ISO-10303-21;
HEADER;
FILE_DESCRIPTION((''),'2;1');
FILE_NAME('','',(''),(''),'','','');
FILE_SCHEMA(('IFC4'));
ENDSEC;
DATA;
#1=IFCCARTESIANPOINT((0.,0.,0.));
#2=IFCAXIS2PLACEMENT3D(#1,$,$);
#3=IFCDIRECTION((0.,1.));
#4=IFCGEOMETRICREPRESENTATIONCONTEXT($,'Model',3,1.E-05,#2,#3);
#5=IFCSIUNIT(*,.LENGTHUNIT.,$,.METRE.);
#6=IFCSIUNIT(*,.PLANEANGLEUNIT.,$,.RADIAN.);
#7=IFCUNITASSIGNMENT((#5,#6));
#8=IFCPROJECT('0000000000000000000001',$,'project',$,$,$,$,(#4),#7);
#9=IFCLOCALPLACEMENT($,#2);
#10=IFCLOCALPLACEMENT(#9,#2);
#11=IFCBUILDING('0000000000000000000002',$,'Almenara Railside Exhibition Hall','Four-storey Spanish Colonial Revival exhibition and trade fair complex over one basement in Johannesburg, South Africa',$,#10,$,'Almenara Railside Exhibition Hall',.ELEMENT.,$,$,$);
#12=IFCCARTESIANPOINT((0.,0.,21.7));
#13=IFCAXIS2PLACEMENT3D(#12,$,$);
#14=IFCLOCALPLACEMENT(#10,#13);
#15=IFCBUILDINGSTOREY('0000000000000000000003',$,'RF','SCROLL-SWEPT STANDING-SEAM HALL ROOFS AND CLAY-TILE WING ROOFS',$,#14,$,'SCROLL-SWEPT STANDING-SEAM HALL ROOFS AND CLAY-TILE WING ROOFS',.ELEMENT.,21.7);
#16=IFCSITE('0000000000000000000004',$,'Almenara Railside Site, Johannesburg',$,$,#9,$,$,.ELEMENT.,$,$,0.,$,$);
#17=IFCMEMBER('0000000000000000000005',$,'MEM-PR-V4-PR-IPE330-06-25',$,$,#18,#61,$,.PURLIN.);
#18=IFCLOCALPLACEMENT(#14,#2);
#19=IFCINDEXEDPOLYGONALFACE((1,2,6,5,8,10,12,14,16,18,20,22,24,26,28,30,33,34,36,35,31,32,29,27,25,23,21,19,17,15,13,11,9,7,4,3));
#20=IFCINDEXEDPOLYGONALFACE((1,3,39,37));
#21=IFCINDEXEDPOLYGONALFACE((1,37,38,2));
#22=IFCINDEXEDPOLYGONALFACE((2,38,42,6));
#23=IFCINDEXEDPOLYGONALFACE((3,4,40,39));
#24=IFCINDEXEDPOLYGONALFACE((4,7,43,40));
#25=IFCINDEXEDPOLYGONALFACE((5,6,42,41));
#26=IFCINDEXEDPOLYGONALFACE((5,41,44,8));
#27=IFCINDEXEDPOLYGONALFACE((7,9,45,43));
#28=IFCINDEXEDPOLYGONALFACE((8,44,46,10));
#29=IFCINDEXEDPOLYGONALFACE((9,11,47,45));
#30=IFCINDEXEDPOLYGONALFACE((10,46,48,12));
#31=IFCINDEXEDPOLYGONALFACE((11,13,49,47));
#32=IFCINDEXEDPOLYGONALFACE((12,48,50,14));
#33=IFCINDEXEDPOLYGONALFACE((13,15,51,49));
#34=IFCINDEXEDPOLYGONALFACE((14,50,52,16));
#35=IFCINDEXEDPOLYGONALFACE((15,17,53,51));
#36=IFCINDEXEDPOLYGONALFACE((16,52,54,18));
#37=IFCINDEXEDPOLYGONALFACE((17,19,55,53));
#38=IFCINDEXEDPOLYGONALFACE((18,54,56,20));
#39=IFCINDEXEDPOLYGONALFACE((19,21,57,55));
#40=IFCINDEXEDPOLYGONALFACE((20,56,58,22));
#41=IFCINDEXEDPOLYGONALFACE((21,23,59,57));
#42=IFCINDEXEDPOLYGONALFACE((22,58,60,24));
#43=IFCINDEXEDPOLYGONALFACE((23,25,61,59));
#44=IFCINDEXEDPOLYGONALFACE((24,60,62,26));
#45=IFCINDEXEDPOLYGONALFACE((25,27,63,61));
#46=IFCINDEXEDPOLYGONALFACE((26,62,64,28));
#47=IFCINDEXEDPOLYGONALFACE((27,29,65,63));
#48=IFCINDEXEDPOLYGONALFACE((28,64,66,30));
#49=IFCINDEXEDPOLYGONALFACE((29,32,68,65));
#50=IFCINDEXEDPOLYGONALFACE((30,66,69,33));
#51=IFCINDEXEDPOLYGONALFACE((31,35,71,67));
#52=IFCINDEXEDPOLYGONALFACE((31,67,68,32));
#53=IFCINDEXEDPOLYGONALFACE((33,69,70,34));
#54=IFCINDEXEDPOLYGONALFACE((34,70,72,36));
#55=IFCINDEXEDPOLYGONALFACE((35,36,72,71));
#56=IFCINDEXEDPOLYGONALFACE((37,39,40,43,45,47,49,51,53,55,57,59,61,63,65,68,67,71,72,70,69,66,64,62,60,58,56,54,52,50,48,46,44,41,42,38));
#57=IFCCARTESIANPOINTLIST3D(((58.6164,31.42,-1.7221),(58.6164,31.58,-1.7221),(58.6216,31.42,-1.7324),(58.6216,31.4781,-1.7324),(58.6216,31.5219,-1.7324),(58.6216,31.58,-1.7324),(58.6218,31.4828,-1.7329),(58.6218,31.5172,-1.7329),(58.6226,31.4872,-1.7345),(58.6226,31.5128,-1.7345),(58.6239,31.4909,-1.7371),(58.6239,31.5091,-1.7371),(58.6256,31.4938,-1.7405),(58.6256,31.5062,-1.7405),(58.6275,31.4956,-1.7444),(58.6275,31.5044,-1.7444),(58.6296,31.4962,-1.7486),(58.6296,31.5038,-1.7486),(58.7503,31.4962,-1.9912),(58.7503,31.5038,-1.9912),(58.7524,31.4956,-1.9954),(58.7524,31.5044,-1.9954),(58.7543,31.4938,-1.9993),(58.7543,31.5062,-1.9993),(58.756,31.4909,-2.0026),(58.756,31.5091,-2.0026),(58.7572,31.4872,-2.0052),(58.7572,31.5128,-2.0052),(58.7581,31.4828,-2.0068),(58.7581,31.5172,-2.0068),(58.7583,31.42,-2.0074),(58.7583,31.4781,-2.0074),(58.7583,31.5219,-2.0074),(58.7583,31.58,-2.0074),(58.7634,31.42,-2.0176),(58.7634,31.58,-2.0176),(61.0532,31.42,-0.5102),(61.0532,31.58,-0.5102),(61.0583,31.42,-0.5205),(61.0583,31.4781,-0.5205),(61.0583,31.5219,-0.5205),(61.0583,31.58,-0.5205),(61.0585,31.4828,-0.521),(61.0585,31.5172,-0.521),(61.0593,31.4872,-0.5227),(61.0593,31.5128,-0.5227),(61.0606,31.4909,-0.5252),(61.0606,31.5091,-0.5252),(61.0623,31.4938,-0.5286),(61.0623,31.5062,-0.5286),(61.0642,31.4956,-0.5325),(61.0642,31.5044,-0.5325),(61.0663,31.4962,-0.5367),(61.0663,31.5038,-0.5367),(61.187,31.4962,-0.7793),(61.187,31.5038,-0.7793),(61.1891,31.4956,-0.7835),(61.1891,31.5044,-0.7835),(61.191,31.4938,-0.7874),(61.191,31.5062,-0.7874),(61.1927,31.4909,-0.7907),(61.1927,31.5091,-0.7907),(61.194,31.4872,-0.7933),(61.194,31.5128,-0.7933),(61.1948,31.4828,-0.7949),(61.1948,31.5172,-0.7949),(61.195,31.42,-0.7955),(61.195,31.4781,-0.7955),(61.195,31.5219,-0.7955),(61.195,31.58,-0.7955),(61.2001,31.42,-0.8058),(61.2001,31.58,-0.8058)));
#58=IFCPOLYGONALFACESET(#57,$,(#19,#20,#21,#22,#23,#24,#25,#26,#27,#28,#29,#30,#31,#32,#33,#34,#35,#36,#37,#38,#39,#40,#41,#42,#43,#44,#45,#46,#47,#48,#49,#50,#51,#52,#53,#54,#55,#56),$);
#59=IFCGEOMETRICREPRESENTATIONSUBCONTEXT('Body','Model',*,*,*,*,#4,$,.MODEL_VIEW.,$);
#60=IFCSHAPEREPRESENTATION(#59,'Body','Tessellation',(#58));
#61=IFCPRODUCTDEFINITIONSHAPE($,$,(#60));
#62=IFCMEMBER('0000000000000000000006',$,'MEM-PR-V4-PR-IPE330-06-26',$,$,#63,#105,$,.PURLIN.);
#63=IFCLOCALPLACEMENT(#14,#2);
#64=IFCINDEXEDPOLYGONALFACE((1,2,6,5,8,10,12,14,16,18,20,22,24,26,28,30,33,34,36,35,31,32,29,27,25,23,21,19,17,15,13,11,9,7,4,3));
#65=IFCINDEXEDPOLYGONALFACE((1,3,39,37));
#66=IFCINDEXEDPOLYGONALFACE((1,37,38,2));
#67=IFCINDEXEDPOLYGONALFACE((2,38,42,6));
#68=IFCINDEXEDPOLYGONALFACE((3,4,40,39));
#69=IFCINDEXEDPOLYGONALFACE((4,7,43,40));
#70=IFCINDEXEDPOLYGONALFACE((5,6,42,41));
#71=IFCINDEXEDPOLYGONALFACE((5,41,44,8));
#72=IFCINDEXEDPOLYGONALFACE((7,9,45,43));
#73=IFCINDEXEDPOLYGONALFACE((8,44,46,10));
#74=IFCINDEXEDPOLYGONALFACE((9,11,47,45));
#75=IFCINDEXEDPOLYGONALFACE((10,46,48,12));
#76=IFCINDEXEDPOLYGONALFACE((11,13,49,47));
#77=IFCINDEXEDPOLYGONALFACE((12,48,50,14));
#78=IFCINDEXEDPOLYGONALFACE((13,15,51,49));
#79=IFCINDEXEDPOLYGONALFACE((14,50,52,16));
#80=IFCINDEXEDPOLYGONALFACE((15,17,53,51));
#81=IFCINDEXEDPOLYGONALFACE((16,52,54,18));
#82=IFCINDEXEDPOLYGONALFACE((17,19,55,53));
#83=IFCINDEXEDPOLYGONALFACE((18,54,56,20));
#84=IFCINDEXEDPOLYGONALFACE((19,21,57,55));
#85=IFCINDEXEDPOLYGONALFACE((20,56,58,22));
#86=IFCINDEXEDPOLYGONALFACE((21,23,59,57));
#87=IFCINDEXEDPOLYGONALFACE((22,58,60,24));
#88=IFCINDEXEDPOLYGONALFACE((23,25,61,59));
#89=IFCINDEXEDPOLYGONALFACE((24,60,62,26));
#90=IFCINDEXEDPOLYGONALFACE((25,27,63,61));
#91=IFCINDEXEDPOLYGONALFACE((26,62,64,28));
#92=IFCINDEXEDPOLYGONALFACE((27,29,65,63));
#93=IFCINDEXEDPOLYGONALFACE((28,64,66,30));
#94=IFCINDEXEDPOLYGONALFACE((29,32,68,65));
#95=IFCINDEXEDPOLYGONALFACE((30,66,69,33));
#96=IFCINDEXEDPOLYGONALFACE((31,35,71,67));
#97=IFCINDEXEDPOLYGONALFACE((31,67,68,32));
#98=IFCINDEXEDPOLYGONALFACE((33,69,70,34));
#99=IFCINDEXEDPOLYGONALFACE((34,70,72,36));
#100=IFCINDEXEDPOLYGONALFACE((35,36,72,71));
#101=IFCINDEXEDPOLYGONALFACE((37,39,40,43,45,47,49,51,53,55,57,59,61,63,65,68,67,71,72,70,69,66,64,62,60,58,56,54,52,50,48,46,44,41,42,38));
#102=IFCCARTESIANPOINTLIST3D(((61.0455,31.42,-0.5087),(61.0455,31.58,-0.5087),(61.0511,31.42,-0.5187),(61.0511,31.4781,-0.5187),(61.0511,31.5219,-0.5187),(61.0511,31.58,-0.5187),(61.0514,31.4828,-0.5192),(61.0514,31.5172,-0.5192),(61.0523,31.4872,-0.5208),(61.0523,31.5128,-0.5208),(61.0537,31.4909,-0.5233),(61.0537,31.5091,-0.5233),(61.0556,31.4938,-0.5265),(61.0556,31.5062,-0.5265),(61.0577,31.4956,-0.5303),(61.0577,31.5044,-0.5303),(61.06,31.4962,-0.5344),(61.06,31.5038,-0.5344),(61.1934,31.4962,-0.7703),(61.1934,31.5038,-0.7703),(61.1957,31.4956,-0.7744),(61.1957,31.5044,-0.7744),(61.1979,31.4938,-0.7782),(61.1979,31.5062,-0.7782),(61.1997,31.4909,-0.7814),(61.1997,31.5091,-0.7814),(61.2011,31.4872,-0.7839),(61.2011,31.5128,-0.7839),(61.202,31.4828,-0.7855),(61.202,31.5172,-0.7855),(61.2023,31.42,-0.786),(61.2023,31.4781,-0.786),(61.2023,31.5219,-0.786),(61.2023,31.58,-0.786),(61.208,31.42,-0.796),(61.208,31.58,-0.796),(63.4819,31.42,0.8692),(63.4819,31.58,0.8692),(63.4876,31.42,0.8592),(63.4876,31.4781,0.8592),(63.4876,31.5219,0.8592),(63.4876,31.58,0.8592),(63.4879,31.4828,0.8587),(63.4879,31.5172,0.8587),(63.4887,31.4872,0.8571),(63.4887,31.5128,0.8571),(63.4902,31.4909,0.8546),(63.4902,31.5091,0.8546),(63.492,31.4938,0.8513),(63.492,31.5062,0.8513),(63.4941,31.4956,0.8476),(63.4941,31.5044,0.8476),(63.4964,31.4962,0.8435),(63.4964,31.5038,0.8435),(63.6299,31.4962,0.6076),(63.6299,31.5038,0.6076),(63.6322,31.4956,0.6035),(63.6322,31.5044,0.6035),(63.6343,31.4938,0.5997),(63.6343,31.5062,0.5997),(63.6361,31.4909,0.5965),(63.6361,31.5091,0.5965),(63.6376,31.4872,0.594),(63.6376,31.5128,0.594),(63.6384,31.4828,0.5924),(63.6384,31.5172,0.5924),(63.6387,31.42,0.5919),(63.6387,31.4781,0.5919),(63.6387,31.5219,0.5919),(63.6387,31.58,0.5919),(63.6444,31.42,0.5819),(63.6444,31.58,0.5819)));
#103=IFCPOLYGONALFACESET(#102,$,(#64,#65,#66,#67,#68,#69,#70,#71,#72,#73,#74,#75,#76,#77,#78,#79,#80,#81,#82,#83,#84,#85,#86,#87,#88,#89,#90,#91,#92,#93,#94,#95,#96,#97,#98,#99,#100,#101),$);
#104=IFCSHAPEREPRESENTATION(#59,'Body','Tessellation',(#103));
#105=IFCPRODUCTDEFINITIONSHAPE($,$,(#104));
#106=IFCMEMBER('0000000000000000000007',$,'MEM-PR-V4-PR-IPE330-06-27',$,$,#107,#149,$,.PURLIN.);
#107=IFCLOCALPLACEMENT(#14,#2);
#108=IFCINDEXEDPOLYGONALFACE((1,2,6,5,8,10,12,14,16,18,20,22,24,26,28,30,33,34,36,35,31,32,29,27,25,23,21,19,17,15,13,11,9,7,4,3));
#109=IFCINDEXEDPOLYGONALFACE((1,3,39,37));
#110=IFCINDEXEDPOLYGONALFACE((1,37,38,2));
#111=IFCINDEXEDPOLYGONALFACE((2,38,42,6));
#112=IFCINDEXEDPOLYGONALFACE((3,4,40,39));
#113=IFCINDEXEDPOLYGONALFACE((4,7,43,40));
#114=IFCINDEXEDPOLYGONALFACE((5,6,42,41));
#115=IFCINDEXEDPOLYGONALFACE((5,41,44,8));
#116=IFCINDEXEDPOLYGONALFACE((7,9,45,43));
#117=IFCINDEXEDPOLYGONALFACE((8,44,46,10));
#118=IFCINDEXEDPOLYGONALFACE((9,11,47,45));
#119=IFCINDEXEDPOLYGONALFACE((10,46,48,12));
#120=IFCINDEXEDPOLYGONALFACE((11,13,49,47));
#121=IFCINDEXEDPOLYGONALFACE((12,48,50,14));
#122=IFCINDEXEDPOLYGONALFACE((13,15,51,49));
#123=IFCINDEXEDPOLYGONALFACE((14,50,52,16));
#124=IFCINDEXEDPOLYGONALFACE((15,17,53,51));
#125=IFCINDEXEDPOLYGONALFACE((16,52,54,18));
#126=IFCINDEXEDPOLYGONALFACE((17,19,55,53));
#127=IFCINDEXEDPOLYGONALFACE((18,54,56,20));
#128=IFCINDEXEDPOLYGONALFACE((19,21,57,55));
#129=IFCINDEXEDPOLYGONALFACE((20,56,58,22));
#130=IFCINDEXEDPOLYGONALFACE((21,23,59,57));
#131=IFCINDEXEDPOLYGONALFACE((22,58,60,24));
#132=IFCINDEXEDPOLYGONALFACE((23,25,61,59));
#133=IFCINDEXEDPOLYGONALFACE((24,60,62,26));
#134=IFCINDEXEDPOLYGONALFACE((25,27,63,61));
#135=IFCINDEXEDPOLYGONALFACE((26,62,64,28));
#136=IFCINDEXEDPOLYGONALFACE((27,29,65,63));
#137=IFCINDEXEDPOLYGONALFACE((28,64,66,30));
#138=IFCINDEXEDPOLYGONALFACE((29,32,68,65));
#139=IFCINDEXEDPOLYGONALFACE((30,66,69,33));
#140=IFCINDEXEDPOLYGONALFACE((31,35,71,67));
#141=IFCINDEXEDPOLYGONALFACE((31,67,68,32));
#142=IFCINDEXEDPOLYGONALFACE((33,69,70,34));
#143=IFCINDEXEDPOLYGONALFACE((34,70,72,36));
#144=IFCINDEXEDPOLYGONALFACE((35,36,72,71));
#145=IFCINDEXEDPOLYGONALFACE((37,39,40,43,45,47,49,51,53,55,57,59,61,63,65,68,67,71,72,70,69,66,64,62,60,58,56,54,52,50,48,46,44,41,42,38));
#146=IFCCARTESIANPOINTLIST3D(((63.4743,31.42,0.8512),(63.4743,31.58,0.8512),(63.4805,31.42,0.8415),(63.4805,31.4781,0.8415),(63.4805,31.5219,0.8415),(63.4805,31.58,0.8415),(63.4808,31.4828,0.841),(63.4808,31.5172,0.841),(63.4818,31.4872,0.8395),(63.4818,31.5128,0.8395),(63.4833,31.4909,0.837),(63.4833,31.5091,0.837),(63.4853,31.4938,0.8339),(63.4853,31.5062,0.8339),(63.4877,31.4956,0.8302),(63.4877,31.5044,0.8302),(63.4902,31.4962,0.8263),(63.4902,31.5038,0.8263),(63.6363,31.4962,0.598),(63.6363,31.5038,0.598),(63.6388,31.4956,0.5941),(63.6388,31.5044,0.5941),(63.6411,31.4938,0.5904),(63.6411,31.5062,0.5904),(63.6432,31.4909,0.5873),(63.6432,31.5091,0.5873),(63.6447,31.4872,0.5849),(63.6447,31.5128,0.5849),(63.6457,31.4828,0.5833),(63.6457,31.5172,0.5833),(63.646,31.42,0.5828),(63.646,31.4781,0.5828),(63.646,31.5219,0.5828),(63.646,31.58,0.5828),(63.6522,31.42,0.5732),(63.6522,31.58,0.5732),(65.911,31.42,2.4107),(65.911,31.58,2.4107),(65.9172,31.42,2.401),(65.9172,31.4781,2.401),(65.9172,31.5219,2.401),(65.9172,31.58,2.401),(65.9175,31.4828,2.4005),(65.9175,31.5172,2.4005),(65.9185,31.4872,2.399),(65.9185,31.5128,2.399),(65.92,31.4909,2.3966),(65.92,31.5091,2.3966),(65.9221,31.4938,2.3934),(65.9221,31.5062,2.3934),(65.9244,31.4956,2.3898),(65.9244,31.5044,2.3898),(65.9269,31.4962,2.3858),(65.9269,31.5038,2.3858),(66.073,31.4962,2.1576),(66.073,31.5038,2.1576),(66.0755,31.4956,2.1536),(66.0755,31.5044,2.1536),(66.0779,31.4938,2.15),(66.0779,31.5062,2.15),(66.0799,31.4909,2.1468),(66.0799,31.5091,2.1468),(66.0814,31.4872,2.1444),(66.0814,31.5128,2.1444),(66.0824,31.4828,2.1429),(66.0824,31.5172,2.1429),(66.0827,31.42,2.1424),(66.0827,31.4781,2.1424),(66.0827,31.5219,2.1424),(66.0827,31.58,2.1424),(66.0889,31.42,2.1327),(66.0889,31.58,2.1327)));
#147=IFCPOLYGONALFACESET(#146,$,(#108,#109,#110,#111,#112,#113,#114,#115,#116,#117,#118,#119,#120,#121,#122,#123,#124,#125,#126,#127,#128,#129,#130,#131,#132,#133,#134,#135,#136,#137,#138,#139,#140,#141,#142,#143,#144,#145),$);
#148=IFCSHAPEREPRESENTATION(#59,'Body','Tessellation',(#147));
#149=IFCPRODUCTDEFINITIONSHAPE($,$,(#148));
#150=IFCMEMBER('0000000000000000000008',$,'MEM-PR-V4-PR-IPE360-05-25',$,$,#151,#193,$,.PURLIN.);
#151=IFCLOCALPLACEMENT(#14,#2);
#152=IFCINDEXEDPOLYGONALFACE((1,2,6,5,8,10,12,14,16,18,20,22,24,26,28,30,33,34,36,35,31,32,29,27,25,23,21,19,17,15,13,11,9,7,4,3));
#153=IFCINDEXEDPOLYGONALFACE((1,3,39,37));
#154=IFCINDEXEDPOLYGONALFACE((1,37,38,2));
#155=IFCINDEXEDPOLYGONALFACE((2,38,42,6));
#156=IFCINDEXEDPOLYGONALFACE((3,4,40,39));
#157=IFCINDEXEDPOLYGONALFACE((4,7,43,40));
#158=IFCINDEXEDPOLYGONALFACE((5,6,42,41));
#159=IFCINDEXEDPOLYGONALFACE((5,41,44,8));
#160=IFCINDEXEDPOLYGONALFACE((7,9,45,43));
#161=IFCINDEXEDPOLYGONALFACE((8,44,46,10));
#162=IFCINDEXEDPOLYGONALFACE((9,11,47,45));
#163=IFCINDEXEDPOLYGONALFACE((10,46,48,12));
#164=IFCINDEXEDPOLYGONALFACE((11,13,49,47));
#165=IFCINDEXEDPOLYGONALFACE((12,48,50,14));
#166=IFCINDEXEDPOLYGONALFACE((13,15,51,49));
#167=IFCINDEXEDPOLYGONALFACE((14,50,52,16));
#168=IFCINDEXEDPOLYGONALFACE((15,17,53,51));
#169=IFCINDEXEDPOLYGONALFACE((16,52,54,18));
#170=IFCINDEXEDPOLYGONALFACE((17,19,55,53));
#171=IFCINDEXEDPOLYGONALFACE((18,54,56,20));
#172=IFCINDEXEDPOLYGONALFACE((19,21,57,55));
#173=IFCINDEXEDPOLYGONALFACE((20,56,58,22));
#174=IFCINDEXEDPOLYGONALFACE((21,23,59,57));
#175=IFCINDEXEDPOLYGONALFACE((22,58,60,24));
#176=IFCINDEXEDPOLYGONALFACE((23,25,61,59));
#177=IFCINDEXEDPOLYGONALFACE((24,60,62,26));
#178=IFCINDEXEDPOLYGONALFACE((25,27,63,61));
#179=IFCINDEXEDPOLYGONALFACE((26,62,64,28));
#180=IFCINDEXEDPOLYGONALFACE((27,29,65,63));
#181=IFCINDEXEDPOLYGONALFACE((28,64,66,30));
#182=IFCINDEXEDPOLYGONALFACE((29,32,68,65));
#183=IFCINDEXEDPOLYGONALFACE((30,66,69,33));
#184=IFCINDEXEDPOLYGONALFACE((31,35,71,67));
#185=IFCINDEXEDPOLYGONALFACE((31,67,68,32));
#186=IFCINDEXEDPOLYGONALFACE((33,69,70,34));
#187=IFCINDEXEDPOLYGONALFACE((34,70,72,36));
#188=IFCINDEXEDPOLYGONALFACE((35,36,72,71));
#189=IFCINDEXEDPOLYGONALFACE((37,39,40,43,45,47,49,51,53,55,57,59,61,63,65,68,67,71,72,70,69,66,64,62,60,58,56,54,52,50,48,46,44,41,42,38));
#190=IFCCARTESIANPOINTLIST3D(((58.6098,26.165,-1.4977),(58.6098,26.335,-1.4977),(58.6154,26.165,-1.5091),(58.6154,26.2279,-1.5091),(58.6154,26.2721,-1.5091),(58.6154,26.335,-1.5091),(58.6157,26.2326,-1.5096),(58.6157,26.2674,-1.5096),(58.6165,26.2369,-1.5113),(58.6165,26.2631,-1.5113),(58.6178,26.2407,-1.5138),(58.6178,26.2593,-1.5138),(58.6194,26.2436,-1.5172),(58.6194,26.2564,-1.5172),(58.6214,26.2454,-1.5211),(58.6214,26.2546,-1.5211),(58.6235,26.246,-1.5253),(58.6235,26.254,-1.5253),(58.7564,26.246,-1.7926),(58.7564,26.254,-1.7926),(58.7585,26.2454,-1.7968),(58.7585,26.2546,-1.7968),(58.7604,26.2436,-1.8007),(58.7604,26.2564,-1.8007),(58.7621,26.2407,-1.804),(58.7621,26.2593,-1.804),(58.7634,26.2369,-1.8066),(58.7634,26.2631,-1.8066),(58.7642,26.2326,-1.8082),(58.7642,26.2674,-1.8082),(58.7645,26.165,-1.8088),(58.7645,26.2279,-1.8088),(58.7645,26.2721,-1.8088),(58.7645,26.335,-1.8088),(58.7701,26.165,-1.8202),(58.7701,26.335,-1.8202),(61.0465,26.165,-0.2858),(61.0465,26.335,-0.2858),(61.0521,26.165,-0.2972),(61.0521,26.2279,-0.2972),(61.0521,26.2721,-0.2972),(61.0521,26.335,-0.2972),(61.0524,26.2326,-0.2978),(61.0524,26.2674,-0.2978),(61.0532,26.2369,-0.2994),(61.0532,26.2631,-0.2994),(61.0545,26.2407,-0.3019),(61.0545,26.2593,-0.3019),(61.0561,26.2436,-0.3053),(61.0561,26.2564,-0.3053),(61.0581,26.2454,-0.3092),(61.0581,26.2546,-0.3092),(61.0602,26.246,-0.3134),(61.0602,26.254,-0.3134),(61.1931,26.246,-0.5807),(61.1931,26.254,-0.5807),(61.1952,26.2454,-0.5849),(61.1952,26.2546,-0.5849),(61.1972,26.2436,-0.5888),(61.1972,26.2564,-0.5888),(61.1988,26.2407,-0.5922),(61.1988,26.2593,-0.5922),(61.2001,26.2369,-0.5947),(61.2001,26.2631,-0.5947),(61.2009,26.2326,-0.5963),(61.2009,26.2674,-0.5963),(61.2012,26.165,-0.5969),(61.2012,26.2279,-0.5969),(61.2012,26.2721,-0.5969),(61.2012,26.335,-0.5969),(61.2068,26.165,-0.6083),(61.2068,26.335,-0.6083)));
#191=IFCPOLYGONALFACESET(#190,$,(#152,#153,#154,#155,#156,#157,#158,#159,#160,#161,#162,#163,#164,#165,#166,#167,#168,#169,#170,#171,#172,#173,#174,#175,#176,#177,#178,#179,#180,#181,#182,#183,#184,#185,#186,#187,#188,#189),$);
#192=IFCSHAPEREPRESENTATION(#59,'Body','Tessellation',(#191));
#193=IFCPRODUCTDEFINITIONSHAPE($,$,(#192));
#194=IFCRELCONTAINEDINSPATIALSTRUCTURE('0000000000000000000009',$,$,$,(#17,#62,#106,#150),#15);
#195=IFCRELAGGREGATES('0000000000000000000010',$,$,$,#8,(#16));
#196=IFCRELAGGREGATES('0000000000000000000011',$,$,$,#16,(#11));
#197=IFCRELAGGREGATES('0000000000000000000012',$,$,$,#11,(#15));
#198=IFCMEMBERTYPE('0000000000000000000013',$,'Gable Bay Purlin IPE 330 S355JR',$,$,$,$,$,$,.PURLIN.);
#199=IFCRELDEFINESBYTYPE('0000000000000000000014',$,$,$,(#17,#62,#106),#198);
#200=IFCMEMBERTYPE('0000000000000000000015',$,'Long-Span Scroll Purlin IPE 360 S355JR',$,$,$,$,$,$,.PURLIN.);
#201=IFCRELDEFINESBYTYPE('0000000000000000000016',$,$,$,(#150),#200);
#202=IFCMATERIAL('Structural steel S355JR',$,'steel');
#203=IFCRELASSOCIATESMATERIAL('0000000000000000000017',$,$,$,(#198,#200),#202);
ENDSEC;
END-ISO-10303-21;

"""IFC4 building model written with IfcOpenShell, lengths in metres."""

from ifc_helpers import new_model, si_unit, direction, frame, origin, origin_2d, place, context, subcontext, project, spatial, i_section, extrude, material, material_profile, profile_set, type_object, element, save


model = new_model("IFC4")

# Units and contexts
model_context = context("Model", 3, precision=1e-05, world=origin(), true_north=direction((0.0, 1.0)))
body_context = subcontext(model_context, "Body", "Model", "MODEL_VIEW")
ifc_project = project(units=[si_unit("LENGTHUNIT", "METRE"), si_unit("PLANEANGLEUNIT", "RADIAN")], contexts=[model_context])

# Site, building, storey
site_placement = place(None, origin())
site = spatial("IfcSite", under=ifc_project, at=site_placement, Name="Almenara Railside Site, Johannesburg", CompositionType="ELEMENT", RefElevation=0.0)
building_placement = place(site_placement, origin())
building = spatial("IfcBuilding", under=site, at=building_placement, Name="Almenara Railside Exhibition Hall", Description="Four-storey Spanish Colonial Revival exhibition and trade fair complex over one basement in Johannesburg, South Africa", LongName="Almenara Railside Exhibition Hall", CompositionType="ELEMENT")
storey_placement = place(building_placement, frame((0.0, 0.0, 21.7)))
storey = spatial("IfcBuildingStorey", under=building, at=storey_placement, Name="RF", Description="SCROLL-SWEPT STANDING-SEAM HALL ROOFS AND CLAY-TILE WING ROOFS", LongName="SCROLL-SWEPT STANDING-SEAM HALL ROOFS AND CLAY-TILE WING ROOFS", CompositionType="ELEMENT", Elevation=21.7)

# Members
ifc_material_1 = material(Name="Structural steel S355JR", Category="steel")
ifc_material_profile_1 = material_profile(ifc_material_1, i_section(OverallWidth=0.1599, OverallDepth=0.3301, WebThickness=0.0076, FlangeThickness=0.0115, FilletRadius=0.0181, at=origin_2d()), Name="IPE 330")
ifc_profile_set_1 = profile_set([ifc_material_profile_1], Name="Structural steel S355JR")
member_type_1 = type_object("IfcMemberType", Name="Gable Bay Purlin IPE 330 S355JR", PredefinedType="PURLIN", material=ifc_profile_set_1)
member_1_placement = place(storey_placement, frame((58.6899, 31.5, -1.8699), z_axis=(0.895376, 0.0, 0.445311), x_axis=(0.0, 1.0, 0.0)))
element("IfcMember", 1, at=member_1_placement, inside=storey, type_object=member_type_1, Name="MEM-PR-V4-PR-IPE330-06-25", PredefinedType="PURLIN", context=body_context, shape_type="SweptSolid", body=[
    extrude(i_section(OverallWidth=0.1599, OverallDepth=0.3301, WebThickness=0.0076, FlangeThickness=0.0115, FilletRadius=0.0181, at=origin_2d()), origin(), (0.0, 0.0, 1.0), 2.7214),
])
member_2_placement = place(storey_placement, frame((61.1267, 31.5, -0.6523), z_axis=(0.870446, 0.0, 0.492264), x_axis=(0.0, 1.0, 0.0)))
element("IfcMember", 2, at=member_2_placement, inside=storey, type_object=member_type_1, Name="MEM-PR-V4-PR-IPE330-06-26", PredefinedType="PURLIN", context=body_context, shape_type="SweptSolid", body=[
    extrude(i_section(OverallWidth=0.1599, OverallDepth=0.3301, WebThickness=0.0076, FlangeThickness=0.0115, FilletRadius=0.0181, at=origin_2d()), origin(), (0.0, 0.0, 1.0), 2.7991),
])
member_3_placement = place(storey_placement, frame((63.5632, 31.5, 0.7122), z_axis=(0.842265, 0.0, 0.539063), x_axis=(0.0, 1.0, 0.0)))
element("IfcMember", 3, at=member_3_placement, inside=storey, type_object=member_type_1, Name="MEM-PR-V4-PR-IPE330-06-27", PredefinedType="PURLIN", context=body_context, shape_type="SweptSolid", body=[
    extrude(i_section(OverallWidth=0.1599, OverallDepth=0.3301, WebThickness=0.0076, FlangeThickness=0.0115, FilletRadius=0.0181, at=origin_2d()), origin(), (0.0, 0.0, 1.0), 2.8931),
])
ifc_material_profile_2 = material_profile(ifc_material_1, i_section(OverallWidth=0.1699, OverallDepth=0.3601, WebThickness=0.0081, FlangeThickness=0.0127, FilletRadius=0.0181, at=origin_2d()), Name="IPE 360")
ifc_profile_set_2 = profile_set([ifc_material_profile_2], Name="Structural steel S355JR")
member_type_2 = type_object("IfcMemberType", Name="Long-Span Scroll Purlin IPE 360 S355JR", PredefinedType="PURLIN", material=ifc_profile_set_2)
member_4_placement = place(storey_placement, frame((58.6899, 26.25, -1.6589), z_axis=(0.895376, 0.0, 0.445311), x_axis=(0.0, 1.0, 0.0)))
element("IfcMember", 4, at=member_4_placement, inside=storey, type_object=member_type_2, Name="MEM-PR-V4-PR-IPE360-05-25", PredefinedType="PURLIN", context=body_context, shape_type="SweptSolid", body=[
    extrude(i_section(OverallWidth=0.1699, OverallDepth=0.3601, WebThickness=0.0081, FlangeThickness=0.0127, FilletRadius=0.0181, at=origin_2d()), origin(), (0.0, 0.0, 1.0), 2.7214),
])

save(model, "model.ifc")
